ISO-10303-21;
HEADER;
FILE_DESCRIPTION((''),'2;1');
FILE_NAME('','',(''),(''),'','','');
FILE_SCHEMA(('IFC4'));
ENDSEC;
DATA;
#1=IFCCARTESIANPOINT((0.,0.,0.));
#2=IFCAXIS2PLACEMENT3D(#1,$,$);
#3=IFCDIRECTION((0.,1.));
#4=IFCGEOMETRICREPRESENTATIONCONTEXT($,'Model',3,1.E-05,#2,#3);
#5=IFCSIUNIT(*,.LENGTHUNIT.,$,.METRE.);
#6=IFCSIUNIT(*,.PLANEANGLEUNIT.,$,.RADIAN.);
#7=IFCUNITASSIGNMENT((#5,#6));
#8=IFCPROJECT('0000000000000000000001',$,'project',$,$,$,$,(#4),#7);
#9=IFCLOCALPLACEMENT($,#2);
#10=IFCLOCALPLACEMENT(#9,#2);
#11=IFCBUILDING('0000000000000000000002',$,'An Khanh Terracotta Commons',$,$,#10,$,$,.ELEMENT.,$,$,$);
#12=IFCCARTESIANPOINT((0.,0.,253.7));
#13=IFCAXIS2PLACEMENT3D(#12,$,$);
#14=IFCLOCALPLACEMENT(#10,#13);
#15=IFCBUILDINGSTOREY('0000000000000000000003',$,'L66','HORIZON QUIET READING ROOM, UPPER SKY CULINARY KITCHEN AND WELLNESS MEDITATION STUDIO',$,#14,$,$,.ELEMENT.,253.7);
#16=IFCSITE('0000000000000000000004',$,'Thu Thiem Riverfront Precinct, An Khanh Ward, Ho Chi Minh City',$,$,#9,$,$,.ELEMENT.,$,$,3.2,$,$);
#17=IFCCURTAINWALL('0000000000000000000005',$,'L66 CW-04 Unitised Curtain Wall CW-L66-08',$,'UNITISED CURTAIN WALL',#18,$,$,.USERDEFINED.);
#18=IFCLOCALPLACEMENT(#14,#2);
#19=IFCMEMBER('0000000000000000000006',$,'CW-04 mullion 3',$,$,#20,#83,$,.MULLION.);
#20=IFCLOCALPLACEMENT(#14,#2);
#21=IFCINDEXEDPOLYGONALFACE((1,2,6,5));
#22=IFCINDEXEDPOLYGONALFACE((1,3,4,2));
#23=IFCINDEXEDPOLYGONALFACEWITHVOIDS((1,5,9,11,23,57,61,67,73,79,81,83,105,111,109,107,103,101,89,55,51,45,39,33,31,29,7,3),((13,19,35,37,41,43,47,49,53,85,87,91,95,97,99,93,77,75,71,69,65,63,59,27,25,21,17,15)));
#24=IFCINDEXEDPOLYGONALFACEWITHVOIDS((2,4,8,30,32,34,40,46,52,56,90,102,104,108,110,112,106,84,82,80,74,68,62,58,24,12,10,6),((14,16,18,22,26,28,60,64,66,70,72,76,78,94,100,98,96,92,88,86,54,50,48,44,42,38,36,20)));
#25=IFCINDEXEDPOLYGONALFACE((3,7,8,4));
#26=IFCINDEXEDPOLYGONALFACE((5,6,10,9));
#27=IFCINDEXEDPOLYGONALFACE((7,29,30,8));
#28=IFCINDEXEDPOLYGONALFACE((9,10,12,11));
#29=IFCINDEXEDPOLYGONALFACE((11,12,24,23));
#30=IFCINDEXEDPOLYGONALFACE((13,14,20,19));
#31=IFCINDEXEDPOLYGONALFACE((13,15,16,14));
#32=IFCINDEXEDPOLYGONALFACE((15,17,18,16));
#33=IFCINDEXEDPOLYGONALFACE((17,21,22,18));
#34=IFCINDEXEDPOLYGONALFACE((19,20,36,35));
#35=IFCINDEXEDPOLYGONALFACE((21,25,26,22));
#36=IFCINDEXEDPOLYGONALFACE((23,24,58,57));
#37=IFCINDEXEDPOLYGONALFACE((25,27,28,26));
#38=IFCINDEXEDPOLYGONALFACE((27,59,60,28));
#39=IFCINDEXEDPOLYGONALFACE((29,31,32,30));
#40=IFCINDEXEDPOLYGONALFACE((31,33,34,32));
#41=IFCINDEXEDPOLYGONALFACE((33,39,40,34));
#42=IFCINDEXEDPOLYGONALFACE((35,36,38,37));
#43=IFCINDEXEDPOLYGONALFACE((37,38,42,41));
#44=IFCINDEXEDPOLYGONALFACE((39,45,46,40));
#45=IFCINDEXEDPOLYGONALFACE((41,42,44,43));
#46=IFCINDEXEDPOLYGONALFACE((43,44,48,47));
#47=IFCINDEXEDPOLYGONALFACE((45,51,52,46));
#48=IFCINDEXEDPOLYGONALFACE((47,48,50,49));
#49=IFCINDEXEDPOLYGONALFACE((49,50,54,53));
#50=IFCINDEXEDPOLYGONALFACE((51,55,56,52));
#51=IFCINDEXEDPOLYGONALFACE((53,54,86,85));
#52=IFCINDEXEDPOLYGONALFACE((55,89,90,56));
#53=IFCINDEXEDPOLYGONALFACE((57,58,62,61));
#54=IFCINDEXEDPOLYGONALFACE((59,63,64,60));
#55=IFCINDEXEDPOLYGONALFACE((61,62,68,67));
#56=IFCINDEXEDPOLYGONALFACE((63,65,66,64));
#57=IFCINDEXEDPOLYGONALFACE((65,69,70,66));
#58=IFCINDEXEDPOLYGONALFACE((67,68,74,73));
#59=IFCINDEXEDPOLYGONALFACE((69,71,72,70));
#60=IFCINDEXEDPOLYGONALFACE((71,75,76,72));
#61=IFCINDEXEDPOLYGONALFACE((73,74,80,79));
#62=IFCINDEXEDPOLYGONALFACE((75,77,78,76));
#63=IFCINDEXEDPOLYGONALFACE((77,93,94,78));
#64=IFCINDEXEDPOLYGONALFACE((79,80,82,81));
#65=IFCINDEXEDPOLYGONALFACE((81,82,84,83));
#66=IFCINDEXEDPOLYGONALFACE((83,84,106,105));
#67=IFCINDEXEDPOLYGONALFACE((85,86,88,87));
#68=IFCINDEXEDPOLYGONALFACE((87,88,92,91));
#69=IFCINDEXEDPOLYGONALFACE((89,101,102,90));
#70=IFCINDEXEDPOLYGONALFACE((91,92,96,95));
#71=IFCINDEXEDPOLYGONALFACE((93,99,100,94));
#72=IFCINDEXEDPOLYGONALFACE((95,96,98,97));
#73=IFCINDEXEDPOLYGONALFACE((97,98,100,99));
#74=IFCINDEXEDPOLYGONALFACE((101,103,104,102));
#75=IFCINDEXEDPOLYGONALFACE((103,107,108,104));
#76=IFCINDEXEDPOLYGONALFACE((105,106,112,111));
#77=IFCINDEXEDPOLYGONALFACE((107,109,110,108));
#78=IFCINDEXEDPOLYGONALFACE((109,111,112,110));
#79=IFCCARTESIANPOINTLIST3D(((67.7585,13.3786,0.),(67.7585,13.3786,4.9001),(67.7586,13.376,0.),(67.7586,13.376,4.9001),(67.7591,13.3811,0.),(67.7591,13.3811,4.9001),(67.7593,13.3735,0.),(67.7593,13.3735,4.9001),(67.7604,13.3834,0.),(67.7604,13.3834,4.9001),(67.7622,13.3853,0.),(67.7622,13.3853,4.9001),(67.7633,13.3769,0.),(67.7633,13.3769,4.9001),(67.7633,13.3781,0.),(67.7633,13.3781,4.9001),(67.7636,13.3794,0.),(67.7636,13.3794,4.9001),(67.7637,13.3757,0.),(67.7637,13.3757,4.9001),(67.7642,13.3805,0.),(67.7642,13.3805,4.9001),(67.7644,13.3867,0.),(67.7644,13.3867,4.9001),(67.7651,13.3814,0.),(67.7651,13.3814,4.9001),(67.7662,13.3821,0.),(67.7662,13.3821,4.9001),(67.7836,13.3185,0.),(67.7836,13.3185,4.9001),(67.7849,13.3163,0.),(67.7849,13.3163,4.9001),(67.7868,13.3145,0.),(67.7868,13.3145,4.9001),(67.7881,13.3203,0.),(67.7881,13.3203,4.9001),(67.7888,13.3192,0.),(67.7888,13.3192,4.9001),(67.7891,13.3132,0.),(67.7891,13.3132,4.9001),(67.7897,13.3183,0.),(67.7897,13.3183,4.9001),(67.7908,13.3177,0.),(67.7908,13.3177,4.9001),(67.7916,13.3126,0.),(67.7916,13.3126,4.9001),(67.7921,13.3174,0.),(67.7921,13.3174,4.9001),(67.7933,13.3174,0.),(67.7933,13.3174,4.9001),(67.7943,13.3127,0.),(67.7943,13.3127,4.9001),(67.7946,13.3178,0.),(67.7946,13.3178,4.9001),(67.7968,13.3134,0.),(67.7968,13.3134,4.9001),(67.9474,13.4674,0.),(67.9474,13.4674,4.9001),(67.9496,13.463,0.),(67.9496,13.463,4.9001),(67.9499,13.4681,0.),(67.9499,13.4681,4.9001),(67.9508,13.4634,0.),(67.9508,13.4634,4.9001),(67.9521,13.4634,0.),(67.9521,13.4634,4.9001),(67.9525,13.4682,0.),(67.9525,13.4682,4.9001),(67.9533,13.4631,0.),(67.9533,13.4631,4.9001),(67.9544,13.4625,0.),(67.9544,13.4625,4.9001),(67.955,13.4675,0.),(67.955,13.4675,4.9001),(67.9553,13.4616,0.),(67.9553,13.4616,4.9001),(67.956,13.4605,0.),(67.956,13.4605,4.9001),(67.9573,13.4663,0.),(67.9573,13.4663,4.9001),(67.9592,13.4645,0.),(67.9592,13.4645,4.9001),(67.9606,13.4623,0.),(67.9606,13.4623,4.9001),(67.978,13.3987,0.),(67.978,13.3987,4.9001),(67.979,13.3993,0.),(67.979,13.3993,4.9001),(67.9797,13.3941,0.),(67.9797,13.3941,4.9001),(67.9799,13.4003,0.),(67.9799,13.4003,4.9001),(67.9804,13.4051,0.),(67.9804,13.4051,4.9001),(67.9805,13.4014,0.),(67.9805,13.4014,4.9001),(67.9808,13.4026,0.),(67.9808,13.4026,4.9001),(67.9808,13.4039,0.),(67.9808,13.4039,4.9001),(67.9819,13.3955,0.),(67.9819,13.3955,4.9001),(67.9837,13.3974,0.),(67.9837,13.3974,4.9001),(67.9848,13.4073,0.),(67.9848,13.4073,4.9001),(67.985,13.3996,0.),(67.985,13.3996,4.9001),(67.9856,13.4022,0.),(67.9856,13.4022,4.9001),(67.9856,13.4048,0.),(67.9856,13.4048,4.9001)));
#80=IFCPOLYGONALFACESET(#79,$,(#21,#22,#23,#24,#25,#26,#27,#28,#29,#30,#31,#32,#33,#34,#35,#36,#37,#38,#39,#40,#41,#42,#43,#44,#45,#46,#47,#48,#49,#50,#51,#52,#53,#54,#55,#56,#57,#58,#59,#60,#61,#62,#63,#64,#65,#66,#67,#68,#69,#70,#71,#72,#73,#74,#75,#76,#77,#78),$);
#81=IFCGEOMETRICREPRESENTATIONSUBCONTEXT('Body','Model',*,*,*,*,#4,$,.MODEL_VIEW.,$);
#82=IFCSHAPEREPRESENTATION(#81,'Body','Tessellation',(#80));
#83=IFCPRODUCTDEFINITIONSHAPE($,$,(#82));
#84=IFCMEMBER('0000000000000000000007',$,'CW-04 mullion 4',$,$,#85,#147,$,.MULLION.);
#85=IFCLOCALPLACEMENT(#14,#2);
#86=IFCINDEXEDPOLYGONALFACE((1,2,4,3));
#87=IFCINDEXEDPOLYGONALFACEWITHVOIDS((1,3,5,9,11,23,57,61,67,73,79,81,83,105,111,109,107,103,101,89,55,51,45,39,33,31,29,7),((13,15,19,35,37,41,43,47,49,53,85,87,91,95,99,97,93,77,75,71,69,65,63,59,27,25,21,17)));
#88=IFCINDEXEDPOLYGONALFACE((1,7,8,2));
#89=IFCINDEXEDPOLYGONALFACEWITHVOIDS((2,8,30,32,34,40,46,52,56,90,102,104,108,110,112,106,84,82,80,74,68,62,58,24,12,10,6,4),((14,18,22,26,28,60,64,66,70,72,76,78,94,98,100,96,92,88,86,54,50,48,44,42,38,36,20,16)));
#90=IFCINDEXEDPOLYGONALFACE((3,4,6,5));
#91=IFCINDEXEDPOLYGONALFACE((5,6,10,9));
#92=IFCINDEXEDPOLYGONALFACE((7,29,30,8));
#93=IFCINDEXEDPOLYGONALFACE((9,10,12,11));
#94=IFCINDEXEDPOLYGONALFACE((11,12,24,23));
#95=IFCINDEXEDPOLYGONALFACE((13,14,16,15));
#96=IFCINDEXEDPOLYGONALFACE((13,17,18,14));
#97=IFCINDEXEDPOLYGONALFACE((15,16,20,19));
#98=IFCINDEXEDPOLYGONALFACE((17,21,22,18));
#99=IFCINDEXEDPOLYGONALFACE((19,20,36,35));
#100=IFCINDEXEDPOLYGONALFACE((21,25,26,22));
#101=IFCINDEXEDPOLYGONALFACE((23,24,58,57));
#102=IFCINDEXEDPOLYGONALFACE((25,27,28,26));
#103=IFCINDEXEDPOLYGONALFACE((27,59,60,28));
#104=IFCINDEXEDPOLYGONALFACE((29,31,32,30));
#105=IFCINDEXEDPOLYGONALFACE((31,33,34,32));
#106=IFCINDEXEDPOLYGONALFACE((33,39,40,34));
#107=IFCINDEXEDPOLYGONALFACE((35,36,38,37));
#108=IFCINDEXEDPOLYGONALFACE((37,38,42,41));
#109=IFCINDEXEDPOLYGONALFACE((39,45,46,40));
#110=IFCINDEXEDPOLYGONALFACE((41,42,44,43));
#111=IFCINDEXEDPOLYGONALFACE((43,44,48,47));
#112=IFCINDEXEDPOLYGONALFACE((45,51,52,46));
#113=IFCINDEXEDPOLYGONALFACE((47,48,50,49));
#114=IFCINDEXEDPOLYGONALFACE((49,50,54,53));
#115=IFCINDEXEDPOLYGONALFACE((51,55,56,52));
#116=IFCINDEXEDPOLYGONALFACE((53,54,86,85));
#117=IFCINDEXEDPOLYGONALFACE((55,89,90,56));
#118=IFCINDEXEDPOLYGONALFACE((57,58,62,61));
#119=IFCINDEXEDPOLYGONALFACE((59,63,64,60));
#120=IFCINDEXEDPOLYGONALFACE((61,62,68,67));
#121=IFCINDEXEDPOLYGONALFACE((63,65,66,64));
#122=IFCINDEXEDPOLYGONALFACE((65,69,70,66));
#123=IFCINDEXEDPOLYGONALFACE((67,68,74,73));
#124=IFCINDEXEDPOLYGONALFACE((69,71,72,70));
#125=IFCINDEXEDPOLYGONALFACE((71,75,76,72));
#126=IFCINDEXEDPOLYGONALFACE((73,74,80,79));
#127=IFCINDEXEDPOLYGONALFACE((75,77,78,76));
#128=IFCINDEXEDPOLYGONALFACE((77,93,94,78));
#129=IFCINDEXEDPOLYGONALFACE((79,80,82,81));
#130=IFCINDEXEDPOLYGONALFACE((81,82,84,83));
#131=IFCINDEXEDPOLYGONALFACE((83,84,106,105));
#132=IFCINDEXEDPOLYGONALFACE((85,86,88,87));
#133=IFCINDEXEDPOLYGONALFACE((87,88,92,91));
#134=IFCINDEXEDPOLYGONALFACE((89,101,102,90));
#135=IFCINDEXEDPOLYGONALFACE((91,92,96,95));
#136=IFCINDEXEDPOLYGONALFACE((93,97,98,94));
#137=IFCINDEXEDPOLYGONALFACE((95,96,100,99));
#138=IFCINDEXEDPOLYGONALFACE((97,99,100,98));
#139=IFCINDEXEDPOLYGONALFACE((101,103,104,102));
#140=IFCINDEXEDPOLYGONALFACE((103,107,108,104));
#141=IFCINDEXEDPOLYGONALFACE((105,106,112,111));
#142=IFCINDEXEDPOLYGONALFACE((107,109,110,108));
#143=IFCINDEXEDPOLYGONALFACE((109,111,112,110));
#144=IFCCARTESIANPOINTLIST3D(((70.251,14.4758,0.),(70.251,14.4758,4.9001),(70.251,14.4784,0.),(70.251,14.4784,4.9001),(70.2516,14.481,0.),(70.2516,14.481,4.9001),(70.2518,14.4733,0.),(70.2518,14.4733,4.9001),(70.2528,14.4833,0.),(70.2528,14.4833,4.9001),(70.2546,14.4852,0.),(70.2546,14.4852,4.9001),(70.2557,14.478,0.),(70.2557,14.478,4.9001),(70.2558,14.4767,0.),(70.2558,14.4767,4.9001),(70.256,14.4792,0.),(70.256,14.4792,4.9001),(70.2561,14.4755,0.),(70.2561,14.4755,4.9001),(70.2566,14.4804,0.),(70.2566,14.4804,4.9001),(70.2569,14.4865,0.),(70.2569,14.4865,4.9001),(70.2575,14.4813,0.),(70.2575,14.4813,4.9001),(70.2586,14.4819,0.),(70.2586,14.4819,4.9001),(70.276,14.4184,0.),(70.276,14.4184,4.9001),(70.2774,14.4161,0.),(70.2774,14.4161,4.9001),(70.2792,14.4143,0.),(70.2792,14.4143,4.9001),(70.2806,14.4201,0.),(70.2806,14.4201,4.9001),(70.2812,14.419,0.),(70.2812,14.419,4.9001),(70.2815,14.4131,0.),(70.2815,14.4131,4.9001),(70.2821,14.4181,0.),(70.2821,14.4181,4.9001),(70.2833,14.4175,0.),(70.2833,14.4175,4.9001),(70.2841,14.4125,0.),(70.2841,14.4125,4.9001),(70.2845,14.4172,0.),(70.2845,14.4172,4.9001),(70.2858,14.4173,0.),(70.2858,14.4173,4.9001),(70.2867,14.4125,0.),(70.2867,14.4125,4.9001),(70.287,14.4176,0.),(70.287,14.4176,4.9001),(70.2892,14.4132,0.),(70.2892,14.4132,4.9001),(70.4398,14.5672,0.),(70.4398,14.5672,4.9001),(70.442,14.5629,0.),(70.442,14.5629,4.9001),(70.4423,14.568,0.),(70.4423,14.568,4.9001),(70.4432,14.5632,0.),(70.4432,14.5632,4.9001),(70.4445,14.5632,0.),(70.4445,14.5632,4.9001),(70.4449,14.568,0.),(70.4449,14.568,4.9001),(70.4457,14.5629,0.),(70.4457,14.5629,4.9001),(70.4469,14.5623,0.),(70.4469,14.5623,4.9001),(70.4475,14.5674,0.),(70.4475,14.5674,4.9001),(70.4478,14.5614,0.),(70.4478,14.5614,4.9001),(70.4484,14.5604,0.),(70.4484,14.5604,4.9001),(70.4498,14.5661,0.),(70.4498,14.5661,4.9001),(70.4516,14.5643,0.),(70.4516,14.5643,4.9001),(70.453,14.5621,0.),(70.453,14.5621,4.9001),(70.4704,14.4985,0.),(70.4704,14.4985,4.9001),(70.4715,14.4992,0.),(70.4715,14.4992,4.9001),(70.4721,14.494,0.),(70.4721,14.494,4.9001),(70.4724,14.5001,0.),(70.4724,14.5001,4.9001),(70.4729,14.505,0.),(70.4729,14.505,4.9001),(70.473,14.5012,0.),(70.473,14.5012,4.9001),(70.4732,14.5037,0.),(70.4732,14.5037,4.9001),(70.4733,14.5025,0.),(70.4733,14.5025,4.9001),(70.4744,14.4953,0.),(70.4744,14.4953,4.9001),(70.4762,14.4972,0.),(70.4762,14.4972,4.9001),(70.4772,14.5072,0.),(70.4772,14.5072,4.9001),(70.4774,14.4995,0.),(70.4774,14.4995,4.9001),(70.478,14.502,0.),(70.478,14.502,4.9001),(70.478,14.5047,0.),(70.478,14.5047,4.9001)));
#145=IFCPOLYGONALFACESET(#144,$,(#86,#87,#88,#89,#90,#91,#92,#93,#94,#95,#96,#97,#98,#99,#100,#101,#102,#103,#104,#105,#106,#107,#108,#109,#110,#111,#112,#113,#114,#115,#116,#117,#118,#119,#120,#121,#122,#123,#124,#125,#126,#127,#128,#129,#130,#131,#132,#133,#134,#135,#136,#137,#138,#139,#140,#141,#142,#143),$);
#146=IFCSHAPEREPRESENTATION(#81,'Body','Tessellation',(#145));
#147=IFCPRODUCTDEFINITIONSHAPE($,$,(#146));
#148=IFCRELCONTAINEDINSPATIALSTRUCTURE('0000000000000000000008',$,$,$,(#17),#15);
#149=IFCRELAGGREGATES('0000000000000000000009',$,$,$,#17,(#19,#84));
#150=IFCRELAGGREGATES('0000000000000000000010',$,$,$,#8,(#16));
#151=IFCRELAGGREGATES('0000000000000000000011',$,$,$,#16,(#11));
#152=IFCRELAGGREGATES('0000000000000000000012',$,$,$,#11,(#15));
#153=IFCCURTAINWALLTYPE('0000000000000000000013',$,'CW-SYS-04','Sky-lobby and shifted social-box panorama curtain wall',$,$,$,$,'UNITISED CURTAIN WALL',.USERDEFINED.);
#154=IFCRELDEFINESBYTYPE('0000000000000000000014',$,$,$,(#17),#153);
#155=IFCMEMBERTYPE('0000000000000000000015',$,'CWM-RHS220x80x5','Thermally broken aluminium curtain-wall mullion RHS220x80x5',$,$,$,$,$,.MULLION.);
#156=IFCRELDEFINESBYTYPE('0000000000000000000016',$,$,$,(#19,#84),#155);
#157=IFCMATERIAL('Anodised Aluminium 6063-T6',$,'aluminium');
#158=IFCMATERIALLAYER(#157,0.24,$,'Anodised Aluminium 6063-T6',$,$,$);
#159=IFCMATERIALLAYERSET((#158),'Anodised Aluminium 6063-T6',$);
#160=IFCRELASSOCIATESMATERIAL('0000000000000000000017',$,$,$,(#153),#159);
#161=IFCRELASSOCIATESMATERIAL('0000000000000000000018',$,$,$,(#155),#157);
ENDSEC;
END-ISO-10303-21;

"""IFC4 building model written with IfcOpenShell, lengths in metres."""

from ifc_helpers import new_model, si_unit, direction, frame, origin, origin_2d, place, context, subcontext, project, spatial, hollow_rectangle, extrude, material, layer, layer_set, material_profile, profile_set, type_object, element, aggregate, save


model = new_model("IFC4")

# Units and contexts
model_context = context("Model", 3, precision=1e-05, world=origin(), true_north=direction((0.0, 1.0)))
body_context = subcontext(model_context, "Body", "Model", "MODEL_VIEW")
ifc_project = project(units=[si_unit("LENGTHUNIT", "METRE"), si_unit("PLANEANGLEUNIT", "RADIAN")], contexts=[model_context])

# Site, building, storey
site_placement = place(None, origin())
site = spatial("IfcSite", under=ifc_project, at=site_placement, Name="Thu Thiem Riverfront Precinct, An Khanh Ward, Ho Chi Minh City", CompositionType="ELEMENT", RefElevation=3.2)
building_placement = place(site_placement, origin())
building = spatial("IfcBuilding", under=site, at=building_placement, Name="An Khanh Terracotta Commons", CompositionType="ELEMENT")
storey_placement = place(building_placement, frame((0.0, 0.0, 253.7)))
storey = spatial("IfcBuildingStorey", under=building, at=storey_placement, Name="L66", Description="HORIZON QUIET READING ROOM, UPPER SKY CULINARY KITCHEN AND WELLNESS MEDITATION STUDIO", CompositionType="ELEMENT", Elevation=253.7)

# Curtain wall, members
ifc_material_1 = material(Name="Anodised Aluminium 6063-T6", Category="aluminium")
ifc_layer_1 = layer(ifc_material_1, 0.24, Name="Anodised Aluminium 6063-T6")
ifc_layer_set_1 = layer_set([ifc_layer_1], Name="Anodised Aluminium 6063-T6")
curtain_wall_type = type_object("IfcCurtainWallType", Name="CW-SYS-04", Description="Sky-lobby and shifted social-box panorama curtain wall", ElementType="UNITISED CURTAIN WALL", PredefinedType="USERDEFINED", material=ifc_layer_set_1)
curtain_wall_1_placement = place(storey_placement, origin())
curtain_wall_1 = element("IfcCurtainWall", 1, at=curtain_wall_1_placement, inside=storey, type_object=curtain_wall_type, Name="L66 CW-04 Unitised Curtain Wall CW-L66-08", ObjectType="UNITISED CURTAIN WALL", PredefinedType="USERDEFINED")
ifc_material_profile_1 = material_profile(ifc_material_1, hollow_rectangle(XDim=0.0801, YDim=0.22, WallThickness=0.0049, InnerFilletRadius=0.0049, OuterFilletRadius=0.01, at=origin_2d()), Name="RHS220x80x5")
ifc_profile_set_1 = profile_set([ifc_material_profile_1], Name="Anodised Aluminium 6063-T6")
member_type_1 = type_object("IfcMemberType", Name="CWM-RHS220x80x5", Description="Thermally broken aluminium curtain-wall mullion RHS220x80x5", PredefinedType="MULLION", material=ifc_profile_set_1)
member_1_placement = place(storey_placement, frame((67.8721, 13.3904, 0.0), z_axis=(0.0, 0.0, 1.0), x_axis=(-0.403676, 0.914902, 0.0)))
member_1 = element("IfcMember", 2, at=member_1_placement, type_object=member_type_1, Name="CW-04 mullion 3", PredefinedType="MULLION", context=body_context, shape_type="SweptSolid", body=[
    extrude(hollow_rectangle(XDim=0.0801, YDim=0.22, WallThickness=0.0049, InnerFilletRadius=0.0049, OuterFilletRadius=0.01, at=origin_2d()), origin(), (0.0, 0.0, 1.0), 4.9001),
])
member_2_placement = place(storey_placement, frame((70.3645, 14.4902, 0.0), z_axis=(0.0, 0.0, 1.0), x_axis=(-0.403676, 0.914902, 0.0)))
member_2 = element("IfcMember", 3, at=member_2_placement, type_object=member_type_1, Name="CW-04 mullion 4", PredefinedType="MULLION", context=body_context, shape_type="SweptSolid", body=[
    extrude(hollow_rectangle(XDim=0.0801, YDim=0.22, WallThickness=0.0049, InnerFilletRadius=0.0049, OuterFilletRadius=0.01, at=origin_2d()), origin(), (0.0, 0.0, 1.0), 4.9001),
])

aggregate(curtain_wall_1, [member_1, member_2])

save(model, "model.ifc")
